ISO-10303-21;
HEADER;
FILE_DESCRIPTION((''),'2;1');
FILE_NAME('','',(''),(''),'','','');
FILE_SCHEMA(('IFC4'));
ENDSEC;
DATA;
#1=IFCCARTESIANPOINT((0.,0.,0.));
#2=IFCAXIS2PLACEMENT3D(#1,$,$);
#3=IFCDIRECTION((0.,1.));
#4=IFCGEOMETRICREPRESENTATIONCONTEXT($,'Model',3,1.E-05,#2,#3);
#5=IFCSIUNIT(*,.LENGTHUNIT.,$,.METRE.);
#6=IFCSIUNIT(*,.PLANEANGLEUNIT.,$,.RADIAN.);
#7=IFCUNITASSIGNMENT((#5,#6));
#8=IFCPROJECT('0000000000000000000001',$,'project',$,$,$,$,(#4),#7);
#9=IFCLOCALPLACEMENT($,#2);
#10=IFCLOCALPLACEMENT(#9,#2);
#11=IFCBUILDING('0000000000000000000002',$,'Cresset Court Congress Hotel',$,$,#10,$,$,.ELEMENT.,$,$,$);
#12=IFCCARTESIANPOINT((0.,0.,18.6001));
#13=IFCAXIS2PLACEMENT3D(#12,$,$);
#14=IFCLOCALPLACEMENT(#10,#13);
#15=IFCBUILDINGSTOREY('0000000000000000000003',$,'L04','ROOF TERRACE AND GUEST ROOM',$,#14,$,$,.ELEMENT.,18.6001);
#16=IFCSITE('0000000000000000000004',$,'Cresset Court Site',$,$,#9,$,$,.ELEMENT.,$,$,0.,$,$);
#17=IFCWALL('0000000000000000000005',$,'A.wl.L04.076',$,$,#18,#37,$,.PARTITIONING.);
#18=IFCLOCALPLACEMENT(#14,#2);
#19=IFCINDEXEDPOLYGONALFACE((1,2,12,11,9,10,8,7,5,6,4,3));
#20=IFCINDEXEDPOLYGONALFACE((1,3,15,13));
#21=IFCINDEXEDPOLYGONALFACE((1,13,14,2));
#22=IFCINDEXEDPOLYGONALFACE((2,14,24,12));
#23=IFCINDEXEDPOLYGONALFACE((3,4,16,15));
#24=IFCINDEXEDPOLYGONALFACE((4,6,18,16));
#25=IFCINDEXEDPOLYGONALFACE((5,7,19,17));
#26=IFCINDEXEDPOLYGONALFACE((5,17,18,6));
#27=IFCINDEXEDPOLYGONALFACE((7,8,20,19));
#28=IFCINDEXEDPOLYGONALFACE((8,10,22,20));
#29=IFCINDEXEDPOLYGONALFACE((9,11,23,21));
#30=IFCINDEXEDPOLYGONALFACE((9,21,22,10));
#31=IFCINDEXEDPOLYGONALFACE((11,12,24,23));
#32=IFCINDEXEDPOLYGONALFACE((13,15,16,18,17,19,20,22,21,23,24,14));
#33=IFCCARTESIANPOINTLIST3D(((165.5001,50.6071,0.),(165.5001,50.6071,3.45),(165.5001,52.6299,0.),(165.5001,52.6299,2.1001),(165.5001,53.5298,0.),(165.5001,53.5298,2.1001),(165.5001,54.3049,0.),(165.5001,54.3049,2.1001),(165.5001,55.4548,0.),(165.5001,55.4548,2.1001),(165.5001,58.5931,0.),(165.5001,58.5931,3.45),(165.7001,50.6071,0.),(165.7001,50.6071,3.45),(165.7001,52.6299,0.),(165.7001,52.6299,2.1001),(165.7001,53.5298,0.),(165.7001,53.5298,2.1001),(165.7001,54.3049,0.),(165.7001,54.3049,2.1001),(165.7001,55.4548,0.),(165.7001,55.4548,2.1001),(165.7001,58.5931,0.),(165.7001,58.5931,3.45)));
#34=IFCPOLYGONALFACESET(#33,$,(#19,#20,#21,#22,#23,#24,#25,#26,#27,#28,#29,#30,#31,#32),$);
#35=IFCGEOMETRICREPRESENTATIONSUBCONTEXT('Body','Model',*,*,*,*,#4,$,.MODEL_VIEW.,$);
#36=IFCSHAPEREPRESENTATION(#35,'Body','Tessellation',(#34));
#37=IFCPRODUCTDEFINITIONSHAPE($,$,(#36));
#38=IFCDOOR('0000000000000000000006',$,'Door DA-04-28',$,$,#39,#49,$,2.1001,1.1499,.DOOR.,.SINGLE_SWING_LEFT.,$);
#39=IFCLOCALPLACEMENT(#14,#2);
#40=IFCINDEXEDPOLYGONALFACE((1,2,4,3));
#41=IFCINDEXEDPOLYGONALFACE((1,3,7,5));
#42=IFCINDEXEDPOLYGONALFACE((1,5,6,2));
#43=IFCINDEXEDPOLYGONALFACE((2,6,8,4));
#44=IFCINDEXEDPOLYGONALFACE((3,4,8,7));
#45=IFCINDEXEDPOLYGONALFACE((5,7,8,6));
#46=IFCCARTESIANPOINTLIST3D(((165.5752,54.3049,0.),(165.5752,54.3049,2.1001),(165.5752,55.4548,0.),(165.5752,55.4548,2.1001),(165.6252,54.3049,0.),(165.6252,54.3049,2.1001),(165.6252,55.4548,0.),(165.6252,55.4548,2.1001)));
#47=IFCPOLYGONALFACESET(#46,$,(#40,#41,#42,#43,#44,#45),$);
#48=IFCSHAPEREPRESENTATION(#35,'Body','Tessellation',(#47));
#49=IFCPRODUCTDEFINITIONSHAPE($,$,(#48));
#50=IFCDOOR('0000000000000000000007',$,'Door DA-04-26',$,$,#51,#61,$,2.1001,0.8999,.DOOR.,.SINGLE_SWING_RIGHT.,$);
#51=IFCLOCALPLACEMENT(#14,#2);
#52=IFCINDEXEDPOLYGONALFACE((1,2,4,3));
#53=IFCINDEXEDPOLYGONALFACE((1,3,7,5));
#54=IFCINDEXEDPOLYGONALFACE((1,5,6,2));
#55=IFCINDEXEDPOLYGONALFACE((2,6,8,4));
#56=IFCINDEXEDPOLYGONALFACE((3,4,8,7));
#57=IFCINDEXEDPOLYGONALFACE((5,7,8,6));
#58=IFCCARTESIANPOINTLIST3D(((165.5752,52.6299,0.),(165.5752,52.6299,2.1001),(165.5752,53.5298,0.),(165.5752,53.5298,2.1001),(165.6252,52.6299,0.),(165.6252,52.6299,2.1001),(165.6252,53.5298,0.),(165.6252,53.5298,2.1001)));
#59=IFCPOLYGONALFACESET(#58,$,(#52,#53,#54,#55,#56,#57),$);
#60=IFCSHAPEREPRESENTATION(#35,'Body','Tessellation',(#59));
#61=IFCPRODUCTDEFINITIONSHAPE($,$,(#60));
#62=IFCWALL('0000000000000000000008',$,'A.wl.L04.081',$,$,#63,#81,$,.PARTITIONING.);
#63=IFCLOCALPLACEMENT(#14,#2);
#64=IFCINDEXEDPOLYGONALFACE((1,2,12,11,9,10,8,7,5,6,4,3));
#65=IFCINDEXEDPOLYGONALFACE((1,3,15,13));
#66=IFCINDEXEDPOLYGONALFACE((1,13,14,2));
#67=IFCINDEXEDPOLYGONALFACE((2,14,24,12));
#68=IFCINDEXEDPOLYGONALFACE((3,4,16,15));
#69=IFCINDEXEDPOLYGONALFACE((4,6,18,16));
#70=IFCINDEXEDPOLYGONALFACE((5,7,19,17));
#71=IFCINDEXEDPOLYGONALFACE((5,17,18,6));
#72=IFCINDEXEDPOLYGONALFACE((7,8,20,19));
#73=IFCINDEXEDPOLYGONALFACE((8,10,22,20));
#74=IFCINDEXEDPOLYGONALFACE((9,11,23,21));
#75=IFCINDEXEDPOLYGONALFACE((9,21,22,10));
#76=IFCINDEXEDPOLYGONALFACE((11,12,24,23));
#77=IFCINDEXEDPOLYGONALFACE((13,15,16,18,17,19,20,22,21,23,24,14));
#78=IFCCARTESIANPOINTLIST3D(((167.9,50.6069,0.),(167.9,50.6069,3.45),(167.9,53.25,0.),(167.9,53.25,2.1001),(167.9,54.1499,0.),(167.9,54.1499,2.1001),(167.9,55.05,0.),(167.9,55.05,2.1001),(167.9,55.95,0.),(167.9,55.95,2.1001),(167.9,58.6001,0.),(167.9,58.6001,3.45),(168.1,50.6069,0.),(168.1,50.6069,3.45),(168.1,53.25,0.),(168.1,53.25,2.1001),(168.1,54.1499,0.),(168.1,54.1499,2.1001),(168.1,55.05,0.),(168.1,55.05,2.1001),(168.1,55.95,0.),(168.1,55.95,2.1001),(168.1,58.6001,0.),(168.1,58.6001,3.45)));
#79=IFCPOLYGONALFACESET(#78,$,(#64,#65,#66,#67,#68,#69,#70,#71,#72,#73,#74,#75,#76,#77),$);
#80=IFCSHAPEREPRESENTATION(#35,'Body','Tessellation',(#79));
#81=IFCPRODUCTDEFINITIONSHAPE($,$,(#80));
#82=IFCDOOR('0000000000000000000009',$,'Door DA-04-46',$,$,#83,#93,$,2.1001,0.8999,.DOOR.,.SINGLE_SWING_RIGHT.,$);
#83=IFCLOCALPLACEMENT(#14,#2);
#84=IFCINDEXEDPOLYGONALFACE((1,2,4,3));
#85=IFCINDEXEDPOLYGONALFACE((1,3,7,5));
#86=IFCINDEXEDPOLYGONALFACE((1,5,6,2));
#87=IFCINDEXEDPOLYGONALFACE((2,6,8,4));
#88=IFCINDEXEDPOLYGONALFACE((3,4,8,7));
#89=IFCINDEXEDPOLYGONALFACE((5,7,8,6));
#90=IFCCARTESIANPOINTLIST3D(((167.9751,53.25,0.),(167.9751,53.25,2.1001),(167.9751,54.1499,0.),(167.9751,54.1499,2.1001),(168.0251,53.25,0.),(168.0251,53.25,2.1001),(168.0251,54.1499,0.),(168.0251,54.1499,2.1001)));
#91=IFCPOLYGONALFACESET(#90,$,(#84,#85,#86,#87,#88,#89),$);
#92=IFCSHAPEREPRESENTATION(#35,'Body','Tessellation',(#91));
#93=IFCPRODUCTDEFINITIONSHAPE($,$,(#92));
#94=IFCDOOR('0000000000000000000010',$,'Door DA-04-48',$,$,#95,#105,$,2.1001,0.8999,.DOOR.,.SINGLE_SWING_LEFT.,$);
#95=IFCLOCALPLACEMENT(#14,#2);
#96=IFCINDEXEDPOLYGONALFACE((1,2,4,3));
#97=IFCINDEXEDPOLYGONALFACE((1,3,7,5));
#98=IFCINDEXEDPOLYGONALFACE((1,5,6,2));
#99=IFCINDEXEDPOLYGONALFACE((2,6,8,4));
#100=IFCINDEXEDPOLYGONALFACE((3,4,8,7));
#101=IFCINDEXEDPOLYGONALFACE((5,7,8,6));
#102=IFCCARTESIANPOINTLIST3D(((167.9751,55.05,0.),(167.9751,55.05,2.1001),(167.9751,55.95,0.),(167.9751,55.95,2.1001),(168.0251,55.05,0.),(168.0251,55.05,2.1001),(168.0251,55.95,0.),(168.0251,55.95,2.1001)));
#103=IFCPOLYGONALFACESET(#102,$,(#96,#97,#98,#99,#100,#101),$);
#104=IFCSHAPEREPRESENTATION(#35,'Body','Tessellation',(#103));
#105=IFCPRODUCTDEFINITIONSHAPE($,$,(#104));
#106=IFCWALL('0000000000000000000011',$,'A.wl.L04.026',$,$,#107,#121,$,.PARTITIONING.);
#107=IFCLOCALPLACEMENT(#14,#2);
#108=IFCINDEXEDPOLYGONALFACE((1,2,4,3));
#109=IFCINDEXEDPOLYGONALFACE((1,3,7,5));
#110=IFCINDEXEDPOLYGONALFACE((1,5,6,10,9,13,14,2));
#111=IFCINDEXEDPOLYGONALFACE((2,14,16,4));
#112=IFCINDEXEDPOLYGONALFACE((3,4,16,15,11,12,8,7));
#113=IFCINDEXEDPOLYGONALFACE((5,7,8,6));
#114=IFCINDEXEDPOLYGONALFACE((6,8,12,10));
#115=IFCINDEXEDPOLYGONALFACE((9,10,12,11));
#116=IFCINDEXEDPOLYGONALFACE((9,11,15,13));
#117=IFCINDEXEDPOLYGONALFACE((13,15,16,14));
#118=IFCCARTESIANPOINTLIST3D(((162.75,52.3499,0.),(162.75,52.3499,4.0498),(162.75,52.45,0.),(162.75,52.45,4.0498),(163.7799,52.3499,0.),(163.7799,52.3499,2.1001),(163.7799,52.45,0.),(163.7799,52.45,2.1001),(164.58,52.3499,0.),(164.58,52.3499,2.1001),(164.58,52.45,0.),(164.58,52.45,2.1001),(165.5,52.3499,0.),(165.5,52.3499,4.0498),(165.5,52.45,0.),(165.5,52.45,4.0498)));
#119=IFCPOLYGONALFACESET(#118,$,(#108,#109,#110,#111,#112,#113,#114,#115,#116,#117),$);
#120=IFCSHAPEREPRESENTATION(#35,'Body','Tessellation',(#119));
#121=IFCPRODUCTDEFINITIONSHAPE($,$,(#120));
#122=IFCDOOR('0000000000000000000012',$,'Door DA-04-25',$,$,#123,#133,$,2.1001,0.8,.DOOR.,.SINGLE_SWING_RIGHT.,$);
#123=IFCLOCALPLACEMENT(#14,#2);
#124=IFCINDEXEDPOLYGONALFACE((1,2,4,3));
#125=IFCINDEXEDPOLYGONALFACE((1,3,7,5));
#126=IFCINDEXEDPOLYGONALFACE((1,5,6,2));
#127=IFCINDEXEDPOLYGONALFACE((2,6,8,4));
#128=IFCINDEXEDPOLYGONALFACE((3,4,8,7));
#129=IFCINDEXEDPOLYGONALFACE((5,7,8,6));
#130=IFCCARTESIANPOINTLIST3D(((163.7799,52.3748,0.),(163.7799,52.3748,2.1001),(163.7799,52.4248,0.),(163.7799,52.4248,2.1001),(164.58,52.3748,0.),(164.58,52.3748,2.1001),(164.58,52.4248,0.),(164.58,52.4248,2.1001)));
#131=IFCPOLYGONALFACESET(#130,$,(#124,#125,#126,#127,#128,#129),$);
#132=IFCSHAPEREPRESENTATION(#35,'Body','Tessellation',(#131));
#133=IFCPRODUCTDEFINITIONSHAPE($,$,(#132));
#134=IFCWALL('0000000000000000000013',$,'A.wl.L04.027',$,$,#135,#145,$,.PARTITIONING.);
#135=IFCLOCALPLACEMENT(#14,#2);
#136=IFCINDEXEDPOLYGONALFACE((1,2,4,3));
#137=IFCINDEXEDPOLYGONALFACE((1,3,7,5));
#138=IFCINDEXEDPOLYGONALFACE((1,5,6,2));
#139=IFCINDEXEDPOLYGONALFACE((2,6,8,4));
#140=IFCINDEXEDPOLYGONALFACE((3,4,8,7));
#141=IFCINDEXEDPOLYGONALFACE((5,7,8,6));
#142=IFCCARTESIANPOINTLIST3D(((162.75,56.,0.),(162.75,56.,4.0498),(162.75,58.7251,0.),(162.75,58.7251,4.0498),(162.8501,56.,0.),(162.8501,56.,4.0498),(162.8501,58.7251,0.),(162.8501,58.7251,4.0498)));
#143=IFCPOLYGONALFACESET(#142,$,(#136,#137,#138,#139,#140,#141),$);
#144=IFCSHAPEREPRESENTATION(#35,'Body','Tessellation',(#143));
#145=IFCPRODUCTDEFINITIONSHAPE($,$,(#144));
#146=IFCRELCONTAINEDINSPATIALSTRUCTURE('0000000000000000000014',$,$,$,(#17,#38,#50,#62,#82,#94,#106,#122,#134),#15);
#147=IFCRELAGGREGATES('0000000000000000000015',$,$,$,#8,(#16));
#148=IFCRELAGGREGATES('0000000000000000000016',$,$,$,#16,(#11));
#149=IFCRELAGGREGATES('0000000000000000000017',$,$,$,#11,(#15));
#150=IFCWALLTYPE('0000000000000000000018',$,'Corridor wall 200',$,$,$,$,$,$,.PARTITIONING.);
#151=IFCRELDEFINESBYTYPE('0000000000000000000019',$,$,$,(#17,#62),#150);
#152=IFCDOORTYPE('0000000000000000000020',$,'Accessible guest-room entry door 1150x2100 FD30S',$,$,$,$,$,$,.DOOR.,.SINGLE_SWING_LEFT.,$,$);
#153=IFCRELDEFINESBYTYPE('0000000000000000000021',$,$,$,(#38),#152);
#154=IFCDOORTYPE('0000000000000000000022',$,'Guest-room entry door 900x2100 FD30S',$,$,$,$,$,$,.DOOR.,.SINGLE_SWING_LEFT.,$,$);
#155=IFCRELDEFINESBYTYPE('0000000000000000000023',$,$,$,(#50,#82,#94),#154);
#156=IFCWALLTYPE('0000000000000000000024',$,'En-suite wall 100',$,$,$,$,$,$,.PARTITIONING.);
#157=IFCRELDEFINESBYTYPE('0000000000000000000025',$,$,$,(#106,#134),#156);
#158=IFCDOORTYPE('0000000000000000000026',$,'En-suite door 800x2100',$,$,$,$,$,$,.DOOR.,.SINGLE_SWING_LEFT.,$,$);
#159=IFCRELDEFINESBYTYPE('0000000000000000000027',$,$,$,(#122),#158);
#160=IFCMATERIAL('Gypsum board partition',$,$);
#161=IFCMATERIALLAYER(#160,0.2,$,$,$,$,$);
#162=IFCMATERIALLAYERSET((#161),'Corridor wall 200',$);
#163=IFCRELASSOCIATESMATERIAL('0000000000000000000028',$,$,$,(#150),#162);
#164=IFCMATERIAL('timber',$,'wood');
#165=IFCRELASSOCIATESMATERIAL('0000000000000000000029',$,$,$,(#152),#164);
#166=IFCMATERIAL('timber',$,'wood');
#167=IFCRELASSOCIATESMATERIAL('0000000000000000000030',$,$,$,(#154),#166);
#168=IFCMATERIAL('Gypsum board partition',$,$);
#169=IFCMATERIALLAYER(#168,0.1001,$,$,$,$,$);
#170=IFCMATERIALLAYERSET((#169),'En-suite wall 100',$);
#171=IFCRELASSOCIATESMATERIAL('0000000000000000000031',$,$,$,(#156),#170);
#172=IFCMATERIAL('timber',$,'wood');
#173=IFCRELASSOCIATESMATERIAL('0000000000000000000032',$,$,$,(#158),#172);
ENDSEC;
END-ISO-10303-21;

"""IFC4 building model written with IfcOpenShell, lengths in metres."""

from ifc_helpers import new_model, si_unit, direction, frame, frame_2d, origin, place, context, subcontext, project, spatial, rectangle, extrude, material, layer, layer_set, type_object, element, fill, save


model = new_model("IFC4")

# Units and contexts
model_context = context("Model", 3, precision=1e-05, world=origin(), true_north=direction((0.0, 1.0)))
body_context = subcontext(model_context, "Body", "Model", "MODEL_VIEW")
ifc_project = project(units=[si_unit("LENGTHUNIT", "METRE"), si_unit("PLANEANGLEUNIT", "RADIAN")], contexts=[model_context])

# Site, building, storey
site_placement = place(None, origin())
site = spatial("IfcSite", under=ifc_project, at=site_placement, Name="Cresset Court Site", CompositionType="ELEMENT", RefElevation=0.0)
building_placement = place(site_placement, origin())
building = spatial("IfcBuilding", under=site, at=building_placement, Name="Cresset Court Congress Hotel", CompositionType="ELEMENT")
storey_placement = place(building_placement, frame((0.0, 0.0, 18.6001)))
storey = spatial("IfcBuildingStorey", under=building, at=storey_placement, Name="L04", Description="ROOF TERRACE AND GUEST ROOM", CompositionType="ELEMENT", Elevation=18.6001)

# Walls, openings, doors
ifc_material_1 = material(Name="Gypsum board partition")
ifc_layer_1 = layer(ifc_material_1, 0.2)
ifc_layer_set_1 = layer_set([ifc_layer_1], Name="Corridor wall 200")
wall_type_1 = type_object("IfcWallType", Name="Corridor wall 200", PredefinedType="PARTITIONING", material=ifc_layer_set_1)
wall_1_placement = place(storey_placement, frame((165.6001, 50.6069, 0.0), z_axis=(0.0, 0.0, 1.0), x_axis=(0.0, 1.0, 0.0)))
wall_1 = element("IfcWall", 1, at=wall_1_placement, inside=storey, type_object=wall_type_1, Name="A.wl.L04.076", PredefinedType="PARTITIONING", context=body_context, shape_type="SweptSolid", body=[
    extrude(rectangle(XDim=7.9861, YDim=0.2, at=frame_2d((3.9932, 0.0))), origin(), (0.0, 0.0, 1.0), 3.45),
])
opening_1_placement = place(wall_1_placement, frame((2.0229, 0.0, 0.0)))
opening_1 = element("IfcOpeningElement", 2, at=opening_1_placement, cuts=wall_1, PredefinedType="OPENING", context=body_context, shape_type="SweptSolid", body=[
    extrude(rectangle(XDim=0.8999, YDim=2.1001, at=frame_2d((0.45, 1.05))), frame((0.0, 0.1099, 0.0), z_axis=(0.0, -1.0, 0.0), x_axis=(1.0, 0.0, 0.0)), (0.0, 0.0, 1.0), 0.22),
])
opening_2_placement = place(wall_1_placement, frame((3.698, 0.0, 0.0)))
opening_2 = element("IfcOpeningElement", 3, at=opening_2_placement, cuts=wall_1, PredefinedType="OPENING", context=body_context, shape_type="SweptSolid", body=[
    extrude(rectangle(XDim=1.1499, YDim=2.1001, at=frame_2d((0.575, 1.05))), frame((0.0, 0.1099, 0.0), z_axis=(0.0, -1.0, 0.0), x_axis=(1.0, 0.0, 0.0)), (0.0, 0.0, 1.0), 0.22),
])
ifc_material_2 = material(Name="timber", Category="wood")
door_type_1 = type_object("IfcDoorType", Name="Accessible guest-room entry door 1150x2100 FD30S", OperationType="SINGLE_SWING_LEFT", PredefinedType="DOOR", material=ifc_material_2)
door_1_placement = place(opening_2_placement, origin())
door_1 = element("IfcDoor", 4, at=door_1_placement, inside=storey, type_object=door_type_1, Name="Door DA-04-28", OperationType="SINGLE_SWING_LEFT", OverallHeight=2.1001, OverallWidth=1.1499, PredefinedType="DOOR", context=body_context, shape_type="SweptSolid", body=[
    extrude(rectangle(XDim=1.1499, YDim=2.1001, at=frame_2d((0.575, 1.05))), frame((0.0, 0.0249, 0.0), z_axis=(0.0, -1.0, 0.0), x_axis=(1.0, 0.0, 0.0)), (0.0, 0.0, 1.0), 0.05),
])
fill(opening_2, door_1)
ifc_material_3 = material(Name="timber", Category="wood")
door_type_2 = type_object("IfcDoorType", Name="Guest-room entry door 900x2100 FD30S", OperationType="SINGLE_SWING_LEFT", PredefinedType="DOOR", material=ifc_material_3)
door_2_placement = place(opening_1_placement, origin())
door_2 = element("IfcDoor", 5, at=door_2_placement, inside=storey, type_object=door_type_2, Name="Door DA-04-26", OperationType="SINGLE_SWING_RIGHT", OverallHeight=2.1001, OverallWidth=0.8999, PredefinedType="DOOR", context=body_context, shape_type="SweptSolid", body=[
    extrude(rectangle(XDim=0.8999, YDim=2.1001, at=frame_2d((0.45, 1.05))), frame((0.0, 0.0249, 0.0), z_axis=(0.0, -1.0, 0.0), x_axis=(1.0, 0.0, 0.0)), (0.0, 0.0, 1.0), 0.05),
])
fill(opening_1, door_2)
wall_2_placement = place(storey_placement, frame((168.0, 50.6069, 0.0), z_axis=(0.0, 0.0, 1.0), x_axis=(0.0, 1.0, 0.0)))
wall_2 = element("IfcWall", 6, at=wall_2_placement, inside=storey, type_object=wall_type_1, Name="A.wl.L04.081", PredefinedType="PARTITIONING", context=body_context, shape_type="SweptSolid", body=[
    extrude(rectangle(XDim=7.9932, YDim=0.2, at=frame_2d((3.9966, 0.0))), origin(), (0.0, 0.0, 1.0), 3.45),
])
opening_3_placement = place(wall_2_placement, frame((2.6431, 0.0, 0.0)))
opening_3 = element("IfcOpeningElement", 7, at=opening_3_placement, cuts=wall_2, PredefinedType="OPENING", context=body_context, shape_type="SweptSolid", body=[
    extrude(rectangle(XDim=0.8999, YDim=2.1001, at=frame_2d((0.45, 1.05))), frame((0.0, 0.1099, 0.0), z_axis=(0.0, -1.0, 0.0), x_axis=(1.0, 0.0, 0.0)), (0.0, 0.0, 1.0), 0.22),
])
opening_4_placement = place(wall_2_placement, frame((4.4431, 0.0, 0.0)))
opening_4 = element("IfcOpeningElement", 8, at=opening_4_placement, cuts=wall_2, PredefinedType="OPENING", context=body_context, shape_type="SweptSolid", body=[
    extrude(rectangle(XDim=0.8999, YDim=2.1001, at=frame_2d((0.45, 1.05))), frame((0.0, 0.1099, 0.0), z_axis=(0.0, -1.0, 0.0), x_axis=(1.0, 0.0, 0.0)), (0.0, 0.0, 1.0), 0.22),
])
door_3_placement = place(opening_3_placement, origin())
door_3 = element("IfcDoor", 9, at=door_3_placement, inside=storey, type_object=door_type_2, Name="Door DA-04-46", OperationType="SINGLE_SWING_RIGHT", OverallHeight=2.1001, OverallWidth=0.8999, PredefinedType="DOOR", context=body_context, shape_type="SweptSolid", body=[
    extrude(rectangle(XDim=0.8999, YDim=2.1001, at=frame_2d((0.45, 1.05))), frame((0.0, 0.0249, 0.0), z_axis=(0.0, -1.0, 0.0), x_axis=(1.0, 0.0, 0.0)), (0.0, 0.0, 1.0), 0.05),
])
fill(opening_3, door_3)
door_4_placement = place(opening_4_placement, origin())
door_4 = element("IfcDoor", 10, at=door_4_placement, inside=storey, type_object=door_type_2, Name="Door DA-04-48", OperationType="SINGLE_SWING_LEFT", OverallHeight=2.1001, OverallWidth=0.8999, PredefinedType="DOOR", context=body_context, shape_type="SweptSolid", body=[
    extrude(rectangle(XDim=0.8999, YDim=2.1001, at=frame_2d((0.45, 1.05))), frame((0.0, 0.0249, 0.0), z_axis=(0.0, -1.0, 0.0), x_axis=(1.0, 0.0, 0.0)), (0.0, 0.0, 1.0), 0.05),
])
fill(opening_4, door_4)

# Wall, opening, door
ifc_material_4 = material(Name="Gypsum board partition")
ifc_layer_2 = layer(ifc_material_4, 0.1001)
ifc_layer_set_2 = layer_set([ifc_layer_2], Name="En-suite wall 100")
wall_type_2 = type_object("IfcWallType", Name="En-suite wall 100", PredefinedType="PARTITIONING", material=ifc_layer_set_2)
wall_3_placement = place(storey_placement, frame((162.75, 52.3999, 0.0), z_axis=(0.0, 0.0, 1.0), x_axis=(1.0, 0.0, 0.0)))
wall_3 = element("IfcWall", 11, at=wall_3_placement, inside=storey, type_object=wall_type_2, Name="A.wl.L04.026", PredefinedType="PARTITIONING", context=body_context, shape_type="SweptSolid", body=[
    extrude(rectangle(XDim=2.75, YDim=0.1001, at=frame_2d((1.375, 0.0))), origin(), (0.0, 0.0, 1.0), 4.0498),
])
opening_5_placement = place(wall_3_placement, frame((1.03, 0.0, 0.0)))
opening_5 = element("IfcOpeningElement", 12, at=opening_5_placement, cuts=wall_3, PredefinedType="OPENING", context=body_context, shape_type="SweptSolid", body=[
    extrude(rectangle(XDim=0.8, YDim=2.1001, at=frame_2d((0.3999, 1.05))), frame((0.0, 0.0601, 0.0), z_axis=(0.0, -1.0, 0.0), x_axis=(1.0, 0.0, 0.0)), (0.0, 0.0, 1.0), 0.1201),
])
ifc_material_5 = material(Name="timber", Category="wood")
door_type_3 = type_object("IfcDoorType", Name="En-suite door 800x2100", OperationType="SINGLE_SWING_LEFT", PredefinedType="DOOR", material=ifc_material_5)
door_5_placement = place(opening_5_placement, origin())
door_5 = element("IfcDoor", 13, at=door_5_placement, inside=storey, type_object=door_type_3, Name="Door DA-04-25", OperationType="SINGLE_SWING_RIGHT", OverallHeight=2.1001, OverallWidth=0.8, PredefinedType="DOOR", context=body_context, shape_type="SweptSolid", body=[
    extrude(rectangle(XDim=0.8, YDim=2.1001, at=frame_2d((0.3999, 1.05))), frame((0.0, 0.0249, 0.0), z_axis=(0.0, -1.0, 0.0), x_axis=(1.0, 0.0, 0.0)), (0.0, 0.0, 1.0), 0.05),
])
fill(opening_5, door_5)

# Wall
wall_4_placement = place(storey_placement, frame((162.8, 56.0, 0.0), z_axis=(0.0, 0.0, 1.0), x_axis=(0.0, 1.0, 0.0)))
element("IfcWall", 14, at=wall_4_placement, inside=storey, type_object=wall_type_2, Name="A.wl.L04.027", PredefinedType="PARTITIONING", context=body_context, shape_type="SweptSolid", body=[
    extrude(rectangle(XDim=2.7251, YDim=0.1001, at=frame_2d((1.3625, 0.0))), origin(), (0.0, 0.0, 1.0), 4.0498),
])

save(model, "model.ifc")
